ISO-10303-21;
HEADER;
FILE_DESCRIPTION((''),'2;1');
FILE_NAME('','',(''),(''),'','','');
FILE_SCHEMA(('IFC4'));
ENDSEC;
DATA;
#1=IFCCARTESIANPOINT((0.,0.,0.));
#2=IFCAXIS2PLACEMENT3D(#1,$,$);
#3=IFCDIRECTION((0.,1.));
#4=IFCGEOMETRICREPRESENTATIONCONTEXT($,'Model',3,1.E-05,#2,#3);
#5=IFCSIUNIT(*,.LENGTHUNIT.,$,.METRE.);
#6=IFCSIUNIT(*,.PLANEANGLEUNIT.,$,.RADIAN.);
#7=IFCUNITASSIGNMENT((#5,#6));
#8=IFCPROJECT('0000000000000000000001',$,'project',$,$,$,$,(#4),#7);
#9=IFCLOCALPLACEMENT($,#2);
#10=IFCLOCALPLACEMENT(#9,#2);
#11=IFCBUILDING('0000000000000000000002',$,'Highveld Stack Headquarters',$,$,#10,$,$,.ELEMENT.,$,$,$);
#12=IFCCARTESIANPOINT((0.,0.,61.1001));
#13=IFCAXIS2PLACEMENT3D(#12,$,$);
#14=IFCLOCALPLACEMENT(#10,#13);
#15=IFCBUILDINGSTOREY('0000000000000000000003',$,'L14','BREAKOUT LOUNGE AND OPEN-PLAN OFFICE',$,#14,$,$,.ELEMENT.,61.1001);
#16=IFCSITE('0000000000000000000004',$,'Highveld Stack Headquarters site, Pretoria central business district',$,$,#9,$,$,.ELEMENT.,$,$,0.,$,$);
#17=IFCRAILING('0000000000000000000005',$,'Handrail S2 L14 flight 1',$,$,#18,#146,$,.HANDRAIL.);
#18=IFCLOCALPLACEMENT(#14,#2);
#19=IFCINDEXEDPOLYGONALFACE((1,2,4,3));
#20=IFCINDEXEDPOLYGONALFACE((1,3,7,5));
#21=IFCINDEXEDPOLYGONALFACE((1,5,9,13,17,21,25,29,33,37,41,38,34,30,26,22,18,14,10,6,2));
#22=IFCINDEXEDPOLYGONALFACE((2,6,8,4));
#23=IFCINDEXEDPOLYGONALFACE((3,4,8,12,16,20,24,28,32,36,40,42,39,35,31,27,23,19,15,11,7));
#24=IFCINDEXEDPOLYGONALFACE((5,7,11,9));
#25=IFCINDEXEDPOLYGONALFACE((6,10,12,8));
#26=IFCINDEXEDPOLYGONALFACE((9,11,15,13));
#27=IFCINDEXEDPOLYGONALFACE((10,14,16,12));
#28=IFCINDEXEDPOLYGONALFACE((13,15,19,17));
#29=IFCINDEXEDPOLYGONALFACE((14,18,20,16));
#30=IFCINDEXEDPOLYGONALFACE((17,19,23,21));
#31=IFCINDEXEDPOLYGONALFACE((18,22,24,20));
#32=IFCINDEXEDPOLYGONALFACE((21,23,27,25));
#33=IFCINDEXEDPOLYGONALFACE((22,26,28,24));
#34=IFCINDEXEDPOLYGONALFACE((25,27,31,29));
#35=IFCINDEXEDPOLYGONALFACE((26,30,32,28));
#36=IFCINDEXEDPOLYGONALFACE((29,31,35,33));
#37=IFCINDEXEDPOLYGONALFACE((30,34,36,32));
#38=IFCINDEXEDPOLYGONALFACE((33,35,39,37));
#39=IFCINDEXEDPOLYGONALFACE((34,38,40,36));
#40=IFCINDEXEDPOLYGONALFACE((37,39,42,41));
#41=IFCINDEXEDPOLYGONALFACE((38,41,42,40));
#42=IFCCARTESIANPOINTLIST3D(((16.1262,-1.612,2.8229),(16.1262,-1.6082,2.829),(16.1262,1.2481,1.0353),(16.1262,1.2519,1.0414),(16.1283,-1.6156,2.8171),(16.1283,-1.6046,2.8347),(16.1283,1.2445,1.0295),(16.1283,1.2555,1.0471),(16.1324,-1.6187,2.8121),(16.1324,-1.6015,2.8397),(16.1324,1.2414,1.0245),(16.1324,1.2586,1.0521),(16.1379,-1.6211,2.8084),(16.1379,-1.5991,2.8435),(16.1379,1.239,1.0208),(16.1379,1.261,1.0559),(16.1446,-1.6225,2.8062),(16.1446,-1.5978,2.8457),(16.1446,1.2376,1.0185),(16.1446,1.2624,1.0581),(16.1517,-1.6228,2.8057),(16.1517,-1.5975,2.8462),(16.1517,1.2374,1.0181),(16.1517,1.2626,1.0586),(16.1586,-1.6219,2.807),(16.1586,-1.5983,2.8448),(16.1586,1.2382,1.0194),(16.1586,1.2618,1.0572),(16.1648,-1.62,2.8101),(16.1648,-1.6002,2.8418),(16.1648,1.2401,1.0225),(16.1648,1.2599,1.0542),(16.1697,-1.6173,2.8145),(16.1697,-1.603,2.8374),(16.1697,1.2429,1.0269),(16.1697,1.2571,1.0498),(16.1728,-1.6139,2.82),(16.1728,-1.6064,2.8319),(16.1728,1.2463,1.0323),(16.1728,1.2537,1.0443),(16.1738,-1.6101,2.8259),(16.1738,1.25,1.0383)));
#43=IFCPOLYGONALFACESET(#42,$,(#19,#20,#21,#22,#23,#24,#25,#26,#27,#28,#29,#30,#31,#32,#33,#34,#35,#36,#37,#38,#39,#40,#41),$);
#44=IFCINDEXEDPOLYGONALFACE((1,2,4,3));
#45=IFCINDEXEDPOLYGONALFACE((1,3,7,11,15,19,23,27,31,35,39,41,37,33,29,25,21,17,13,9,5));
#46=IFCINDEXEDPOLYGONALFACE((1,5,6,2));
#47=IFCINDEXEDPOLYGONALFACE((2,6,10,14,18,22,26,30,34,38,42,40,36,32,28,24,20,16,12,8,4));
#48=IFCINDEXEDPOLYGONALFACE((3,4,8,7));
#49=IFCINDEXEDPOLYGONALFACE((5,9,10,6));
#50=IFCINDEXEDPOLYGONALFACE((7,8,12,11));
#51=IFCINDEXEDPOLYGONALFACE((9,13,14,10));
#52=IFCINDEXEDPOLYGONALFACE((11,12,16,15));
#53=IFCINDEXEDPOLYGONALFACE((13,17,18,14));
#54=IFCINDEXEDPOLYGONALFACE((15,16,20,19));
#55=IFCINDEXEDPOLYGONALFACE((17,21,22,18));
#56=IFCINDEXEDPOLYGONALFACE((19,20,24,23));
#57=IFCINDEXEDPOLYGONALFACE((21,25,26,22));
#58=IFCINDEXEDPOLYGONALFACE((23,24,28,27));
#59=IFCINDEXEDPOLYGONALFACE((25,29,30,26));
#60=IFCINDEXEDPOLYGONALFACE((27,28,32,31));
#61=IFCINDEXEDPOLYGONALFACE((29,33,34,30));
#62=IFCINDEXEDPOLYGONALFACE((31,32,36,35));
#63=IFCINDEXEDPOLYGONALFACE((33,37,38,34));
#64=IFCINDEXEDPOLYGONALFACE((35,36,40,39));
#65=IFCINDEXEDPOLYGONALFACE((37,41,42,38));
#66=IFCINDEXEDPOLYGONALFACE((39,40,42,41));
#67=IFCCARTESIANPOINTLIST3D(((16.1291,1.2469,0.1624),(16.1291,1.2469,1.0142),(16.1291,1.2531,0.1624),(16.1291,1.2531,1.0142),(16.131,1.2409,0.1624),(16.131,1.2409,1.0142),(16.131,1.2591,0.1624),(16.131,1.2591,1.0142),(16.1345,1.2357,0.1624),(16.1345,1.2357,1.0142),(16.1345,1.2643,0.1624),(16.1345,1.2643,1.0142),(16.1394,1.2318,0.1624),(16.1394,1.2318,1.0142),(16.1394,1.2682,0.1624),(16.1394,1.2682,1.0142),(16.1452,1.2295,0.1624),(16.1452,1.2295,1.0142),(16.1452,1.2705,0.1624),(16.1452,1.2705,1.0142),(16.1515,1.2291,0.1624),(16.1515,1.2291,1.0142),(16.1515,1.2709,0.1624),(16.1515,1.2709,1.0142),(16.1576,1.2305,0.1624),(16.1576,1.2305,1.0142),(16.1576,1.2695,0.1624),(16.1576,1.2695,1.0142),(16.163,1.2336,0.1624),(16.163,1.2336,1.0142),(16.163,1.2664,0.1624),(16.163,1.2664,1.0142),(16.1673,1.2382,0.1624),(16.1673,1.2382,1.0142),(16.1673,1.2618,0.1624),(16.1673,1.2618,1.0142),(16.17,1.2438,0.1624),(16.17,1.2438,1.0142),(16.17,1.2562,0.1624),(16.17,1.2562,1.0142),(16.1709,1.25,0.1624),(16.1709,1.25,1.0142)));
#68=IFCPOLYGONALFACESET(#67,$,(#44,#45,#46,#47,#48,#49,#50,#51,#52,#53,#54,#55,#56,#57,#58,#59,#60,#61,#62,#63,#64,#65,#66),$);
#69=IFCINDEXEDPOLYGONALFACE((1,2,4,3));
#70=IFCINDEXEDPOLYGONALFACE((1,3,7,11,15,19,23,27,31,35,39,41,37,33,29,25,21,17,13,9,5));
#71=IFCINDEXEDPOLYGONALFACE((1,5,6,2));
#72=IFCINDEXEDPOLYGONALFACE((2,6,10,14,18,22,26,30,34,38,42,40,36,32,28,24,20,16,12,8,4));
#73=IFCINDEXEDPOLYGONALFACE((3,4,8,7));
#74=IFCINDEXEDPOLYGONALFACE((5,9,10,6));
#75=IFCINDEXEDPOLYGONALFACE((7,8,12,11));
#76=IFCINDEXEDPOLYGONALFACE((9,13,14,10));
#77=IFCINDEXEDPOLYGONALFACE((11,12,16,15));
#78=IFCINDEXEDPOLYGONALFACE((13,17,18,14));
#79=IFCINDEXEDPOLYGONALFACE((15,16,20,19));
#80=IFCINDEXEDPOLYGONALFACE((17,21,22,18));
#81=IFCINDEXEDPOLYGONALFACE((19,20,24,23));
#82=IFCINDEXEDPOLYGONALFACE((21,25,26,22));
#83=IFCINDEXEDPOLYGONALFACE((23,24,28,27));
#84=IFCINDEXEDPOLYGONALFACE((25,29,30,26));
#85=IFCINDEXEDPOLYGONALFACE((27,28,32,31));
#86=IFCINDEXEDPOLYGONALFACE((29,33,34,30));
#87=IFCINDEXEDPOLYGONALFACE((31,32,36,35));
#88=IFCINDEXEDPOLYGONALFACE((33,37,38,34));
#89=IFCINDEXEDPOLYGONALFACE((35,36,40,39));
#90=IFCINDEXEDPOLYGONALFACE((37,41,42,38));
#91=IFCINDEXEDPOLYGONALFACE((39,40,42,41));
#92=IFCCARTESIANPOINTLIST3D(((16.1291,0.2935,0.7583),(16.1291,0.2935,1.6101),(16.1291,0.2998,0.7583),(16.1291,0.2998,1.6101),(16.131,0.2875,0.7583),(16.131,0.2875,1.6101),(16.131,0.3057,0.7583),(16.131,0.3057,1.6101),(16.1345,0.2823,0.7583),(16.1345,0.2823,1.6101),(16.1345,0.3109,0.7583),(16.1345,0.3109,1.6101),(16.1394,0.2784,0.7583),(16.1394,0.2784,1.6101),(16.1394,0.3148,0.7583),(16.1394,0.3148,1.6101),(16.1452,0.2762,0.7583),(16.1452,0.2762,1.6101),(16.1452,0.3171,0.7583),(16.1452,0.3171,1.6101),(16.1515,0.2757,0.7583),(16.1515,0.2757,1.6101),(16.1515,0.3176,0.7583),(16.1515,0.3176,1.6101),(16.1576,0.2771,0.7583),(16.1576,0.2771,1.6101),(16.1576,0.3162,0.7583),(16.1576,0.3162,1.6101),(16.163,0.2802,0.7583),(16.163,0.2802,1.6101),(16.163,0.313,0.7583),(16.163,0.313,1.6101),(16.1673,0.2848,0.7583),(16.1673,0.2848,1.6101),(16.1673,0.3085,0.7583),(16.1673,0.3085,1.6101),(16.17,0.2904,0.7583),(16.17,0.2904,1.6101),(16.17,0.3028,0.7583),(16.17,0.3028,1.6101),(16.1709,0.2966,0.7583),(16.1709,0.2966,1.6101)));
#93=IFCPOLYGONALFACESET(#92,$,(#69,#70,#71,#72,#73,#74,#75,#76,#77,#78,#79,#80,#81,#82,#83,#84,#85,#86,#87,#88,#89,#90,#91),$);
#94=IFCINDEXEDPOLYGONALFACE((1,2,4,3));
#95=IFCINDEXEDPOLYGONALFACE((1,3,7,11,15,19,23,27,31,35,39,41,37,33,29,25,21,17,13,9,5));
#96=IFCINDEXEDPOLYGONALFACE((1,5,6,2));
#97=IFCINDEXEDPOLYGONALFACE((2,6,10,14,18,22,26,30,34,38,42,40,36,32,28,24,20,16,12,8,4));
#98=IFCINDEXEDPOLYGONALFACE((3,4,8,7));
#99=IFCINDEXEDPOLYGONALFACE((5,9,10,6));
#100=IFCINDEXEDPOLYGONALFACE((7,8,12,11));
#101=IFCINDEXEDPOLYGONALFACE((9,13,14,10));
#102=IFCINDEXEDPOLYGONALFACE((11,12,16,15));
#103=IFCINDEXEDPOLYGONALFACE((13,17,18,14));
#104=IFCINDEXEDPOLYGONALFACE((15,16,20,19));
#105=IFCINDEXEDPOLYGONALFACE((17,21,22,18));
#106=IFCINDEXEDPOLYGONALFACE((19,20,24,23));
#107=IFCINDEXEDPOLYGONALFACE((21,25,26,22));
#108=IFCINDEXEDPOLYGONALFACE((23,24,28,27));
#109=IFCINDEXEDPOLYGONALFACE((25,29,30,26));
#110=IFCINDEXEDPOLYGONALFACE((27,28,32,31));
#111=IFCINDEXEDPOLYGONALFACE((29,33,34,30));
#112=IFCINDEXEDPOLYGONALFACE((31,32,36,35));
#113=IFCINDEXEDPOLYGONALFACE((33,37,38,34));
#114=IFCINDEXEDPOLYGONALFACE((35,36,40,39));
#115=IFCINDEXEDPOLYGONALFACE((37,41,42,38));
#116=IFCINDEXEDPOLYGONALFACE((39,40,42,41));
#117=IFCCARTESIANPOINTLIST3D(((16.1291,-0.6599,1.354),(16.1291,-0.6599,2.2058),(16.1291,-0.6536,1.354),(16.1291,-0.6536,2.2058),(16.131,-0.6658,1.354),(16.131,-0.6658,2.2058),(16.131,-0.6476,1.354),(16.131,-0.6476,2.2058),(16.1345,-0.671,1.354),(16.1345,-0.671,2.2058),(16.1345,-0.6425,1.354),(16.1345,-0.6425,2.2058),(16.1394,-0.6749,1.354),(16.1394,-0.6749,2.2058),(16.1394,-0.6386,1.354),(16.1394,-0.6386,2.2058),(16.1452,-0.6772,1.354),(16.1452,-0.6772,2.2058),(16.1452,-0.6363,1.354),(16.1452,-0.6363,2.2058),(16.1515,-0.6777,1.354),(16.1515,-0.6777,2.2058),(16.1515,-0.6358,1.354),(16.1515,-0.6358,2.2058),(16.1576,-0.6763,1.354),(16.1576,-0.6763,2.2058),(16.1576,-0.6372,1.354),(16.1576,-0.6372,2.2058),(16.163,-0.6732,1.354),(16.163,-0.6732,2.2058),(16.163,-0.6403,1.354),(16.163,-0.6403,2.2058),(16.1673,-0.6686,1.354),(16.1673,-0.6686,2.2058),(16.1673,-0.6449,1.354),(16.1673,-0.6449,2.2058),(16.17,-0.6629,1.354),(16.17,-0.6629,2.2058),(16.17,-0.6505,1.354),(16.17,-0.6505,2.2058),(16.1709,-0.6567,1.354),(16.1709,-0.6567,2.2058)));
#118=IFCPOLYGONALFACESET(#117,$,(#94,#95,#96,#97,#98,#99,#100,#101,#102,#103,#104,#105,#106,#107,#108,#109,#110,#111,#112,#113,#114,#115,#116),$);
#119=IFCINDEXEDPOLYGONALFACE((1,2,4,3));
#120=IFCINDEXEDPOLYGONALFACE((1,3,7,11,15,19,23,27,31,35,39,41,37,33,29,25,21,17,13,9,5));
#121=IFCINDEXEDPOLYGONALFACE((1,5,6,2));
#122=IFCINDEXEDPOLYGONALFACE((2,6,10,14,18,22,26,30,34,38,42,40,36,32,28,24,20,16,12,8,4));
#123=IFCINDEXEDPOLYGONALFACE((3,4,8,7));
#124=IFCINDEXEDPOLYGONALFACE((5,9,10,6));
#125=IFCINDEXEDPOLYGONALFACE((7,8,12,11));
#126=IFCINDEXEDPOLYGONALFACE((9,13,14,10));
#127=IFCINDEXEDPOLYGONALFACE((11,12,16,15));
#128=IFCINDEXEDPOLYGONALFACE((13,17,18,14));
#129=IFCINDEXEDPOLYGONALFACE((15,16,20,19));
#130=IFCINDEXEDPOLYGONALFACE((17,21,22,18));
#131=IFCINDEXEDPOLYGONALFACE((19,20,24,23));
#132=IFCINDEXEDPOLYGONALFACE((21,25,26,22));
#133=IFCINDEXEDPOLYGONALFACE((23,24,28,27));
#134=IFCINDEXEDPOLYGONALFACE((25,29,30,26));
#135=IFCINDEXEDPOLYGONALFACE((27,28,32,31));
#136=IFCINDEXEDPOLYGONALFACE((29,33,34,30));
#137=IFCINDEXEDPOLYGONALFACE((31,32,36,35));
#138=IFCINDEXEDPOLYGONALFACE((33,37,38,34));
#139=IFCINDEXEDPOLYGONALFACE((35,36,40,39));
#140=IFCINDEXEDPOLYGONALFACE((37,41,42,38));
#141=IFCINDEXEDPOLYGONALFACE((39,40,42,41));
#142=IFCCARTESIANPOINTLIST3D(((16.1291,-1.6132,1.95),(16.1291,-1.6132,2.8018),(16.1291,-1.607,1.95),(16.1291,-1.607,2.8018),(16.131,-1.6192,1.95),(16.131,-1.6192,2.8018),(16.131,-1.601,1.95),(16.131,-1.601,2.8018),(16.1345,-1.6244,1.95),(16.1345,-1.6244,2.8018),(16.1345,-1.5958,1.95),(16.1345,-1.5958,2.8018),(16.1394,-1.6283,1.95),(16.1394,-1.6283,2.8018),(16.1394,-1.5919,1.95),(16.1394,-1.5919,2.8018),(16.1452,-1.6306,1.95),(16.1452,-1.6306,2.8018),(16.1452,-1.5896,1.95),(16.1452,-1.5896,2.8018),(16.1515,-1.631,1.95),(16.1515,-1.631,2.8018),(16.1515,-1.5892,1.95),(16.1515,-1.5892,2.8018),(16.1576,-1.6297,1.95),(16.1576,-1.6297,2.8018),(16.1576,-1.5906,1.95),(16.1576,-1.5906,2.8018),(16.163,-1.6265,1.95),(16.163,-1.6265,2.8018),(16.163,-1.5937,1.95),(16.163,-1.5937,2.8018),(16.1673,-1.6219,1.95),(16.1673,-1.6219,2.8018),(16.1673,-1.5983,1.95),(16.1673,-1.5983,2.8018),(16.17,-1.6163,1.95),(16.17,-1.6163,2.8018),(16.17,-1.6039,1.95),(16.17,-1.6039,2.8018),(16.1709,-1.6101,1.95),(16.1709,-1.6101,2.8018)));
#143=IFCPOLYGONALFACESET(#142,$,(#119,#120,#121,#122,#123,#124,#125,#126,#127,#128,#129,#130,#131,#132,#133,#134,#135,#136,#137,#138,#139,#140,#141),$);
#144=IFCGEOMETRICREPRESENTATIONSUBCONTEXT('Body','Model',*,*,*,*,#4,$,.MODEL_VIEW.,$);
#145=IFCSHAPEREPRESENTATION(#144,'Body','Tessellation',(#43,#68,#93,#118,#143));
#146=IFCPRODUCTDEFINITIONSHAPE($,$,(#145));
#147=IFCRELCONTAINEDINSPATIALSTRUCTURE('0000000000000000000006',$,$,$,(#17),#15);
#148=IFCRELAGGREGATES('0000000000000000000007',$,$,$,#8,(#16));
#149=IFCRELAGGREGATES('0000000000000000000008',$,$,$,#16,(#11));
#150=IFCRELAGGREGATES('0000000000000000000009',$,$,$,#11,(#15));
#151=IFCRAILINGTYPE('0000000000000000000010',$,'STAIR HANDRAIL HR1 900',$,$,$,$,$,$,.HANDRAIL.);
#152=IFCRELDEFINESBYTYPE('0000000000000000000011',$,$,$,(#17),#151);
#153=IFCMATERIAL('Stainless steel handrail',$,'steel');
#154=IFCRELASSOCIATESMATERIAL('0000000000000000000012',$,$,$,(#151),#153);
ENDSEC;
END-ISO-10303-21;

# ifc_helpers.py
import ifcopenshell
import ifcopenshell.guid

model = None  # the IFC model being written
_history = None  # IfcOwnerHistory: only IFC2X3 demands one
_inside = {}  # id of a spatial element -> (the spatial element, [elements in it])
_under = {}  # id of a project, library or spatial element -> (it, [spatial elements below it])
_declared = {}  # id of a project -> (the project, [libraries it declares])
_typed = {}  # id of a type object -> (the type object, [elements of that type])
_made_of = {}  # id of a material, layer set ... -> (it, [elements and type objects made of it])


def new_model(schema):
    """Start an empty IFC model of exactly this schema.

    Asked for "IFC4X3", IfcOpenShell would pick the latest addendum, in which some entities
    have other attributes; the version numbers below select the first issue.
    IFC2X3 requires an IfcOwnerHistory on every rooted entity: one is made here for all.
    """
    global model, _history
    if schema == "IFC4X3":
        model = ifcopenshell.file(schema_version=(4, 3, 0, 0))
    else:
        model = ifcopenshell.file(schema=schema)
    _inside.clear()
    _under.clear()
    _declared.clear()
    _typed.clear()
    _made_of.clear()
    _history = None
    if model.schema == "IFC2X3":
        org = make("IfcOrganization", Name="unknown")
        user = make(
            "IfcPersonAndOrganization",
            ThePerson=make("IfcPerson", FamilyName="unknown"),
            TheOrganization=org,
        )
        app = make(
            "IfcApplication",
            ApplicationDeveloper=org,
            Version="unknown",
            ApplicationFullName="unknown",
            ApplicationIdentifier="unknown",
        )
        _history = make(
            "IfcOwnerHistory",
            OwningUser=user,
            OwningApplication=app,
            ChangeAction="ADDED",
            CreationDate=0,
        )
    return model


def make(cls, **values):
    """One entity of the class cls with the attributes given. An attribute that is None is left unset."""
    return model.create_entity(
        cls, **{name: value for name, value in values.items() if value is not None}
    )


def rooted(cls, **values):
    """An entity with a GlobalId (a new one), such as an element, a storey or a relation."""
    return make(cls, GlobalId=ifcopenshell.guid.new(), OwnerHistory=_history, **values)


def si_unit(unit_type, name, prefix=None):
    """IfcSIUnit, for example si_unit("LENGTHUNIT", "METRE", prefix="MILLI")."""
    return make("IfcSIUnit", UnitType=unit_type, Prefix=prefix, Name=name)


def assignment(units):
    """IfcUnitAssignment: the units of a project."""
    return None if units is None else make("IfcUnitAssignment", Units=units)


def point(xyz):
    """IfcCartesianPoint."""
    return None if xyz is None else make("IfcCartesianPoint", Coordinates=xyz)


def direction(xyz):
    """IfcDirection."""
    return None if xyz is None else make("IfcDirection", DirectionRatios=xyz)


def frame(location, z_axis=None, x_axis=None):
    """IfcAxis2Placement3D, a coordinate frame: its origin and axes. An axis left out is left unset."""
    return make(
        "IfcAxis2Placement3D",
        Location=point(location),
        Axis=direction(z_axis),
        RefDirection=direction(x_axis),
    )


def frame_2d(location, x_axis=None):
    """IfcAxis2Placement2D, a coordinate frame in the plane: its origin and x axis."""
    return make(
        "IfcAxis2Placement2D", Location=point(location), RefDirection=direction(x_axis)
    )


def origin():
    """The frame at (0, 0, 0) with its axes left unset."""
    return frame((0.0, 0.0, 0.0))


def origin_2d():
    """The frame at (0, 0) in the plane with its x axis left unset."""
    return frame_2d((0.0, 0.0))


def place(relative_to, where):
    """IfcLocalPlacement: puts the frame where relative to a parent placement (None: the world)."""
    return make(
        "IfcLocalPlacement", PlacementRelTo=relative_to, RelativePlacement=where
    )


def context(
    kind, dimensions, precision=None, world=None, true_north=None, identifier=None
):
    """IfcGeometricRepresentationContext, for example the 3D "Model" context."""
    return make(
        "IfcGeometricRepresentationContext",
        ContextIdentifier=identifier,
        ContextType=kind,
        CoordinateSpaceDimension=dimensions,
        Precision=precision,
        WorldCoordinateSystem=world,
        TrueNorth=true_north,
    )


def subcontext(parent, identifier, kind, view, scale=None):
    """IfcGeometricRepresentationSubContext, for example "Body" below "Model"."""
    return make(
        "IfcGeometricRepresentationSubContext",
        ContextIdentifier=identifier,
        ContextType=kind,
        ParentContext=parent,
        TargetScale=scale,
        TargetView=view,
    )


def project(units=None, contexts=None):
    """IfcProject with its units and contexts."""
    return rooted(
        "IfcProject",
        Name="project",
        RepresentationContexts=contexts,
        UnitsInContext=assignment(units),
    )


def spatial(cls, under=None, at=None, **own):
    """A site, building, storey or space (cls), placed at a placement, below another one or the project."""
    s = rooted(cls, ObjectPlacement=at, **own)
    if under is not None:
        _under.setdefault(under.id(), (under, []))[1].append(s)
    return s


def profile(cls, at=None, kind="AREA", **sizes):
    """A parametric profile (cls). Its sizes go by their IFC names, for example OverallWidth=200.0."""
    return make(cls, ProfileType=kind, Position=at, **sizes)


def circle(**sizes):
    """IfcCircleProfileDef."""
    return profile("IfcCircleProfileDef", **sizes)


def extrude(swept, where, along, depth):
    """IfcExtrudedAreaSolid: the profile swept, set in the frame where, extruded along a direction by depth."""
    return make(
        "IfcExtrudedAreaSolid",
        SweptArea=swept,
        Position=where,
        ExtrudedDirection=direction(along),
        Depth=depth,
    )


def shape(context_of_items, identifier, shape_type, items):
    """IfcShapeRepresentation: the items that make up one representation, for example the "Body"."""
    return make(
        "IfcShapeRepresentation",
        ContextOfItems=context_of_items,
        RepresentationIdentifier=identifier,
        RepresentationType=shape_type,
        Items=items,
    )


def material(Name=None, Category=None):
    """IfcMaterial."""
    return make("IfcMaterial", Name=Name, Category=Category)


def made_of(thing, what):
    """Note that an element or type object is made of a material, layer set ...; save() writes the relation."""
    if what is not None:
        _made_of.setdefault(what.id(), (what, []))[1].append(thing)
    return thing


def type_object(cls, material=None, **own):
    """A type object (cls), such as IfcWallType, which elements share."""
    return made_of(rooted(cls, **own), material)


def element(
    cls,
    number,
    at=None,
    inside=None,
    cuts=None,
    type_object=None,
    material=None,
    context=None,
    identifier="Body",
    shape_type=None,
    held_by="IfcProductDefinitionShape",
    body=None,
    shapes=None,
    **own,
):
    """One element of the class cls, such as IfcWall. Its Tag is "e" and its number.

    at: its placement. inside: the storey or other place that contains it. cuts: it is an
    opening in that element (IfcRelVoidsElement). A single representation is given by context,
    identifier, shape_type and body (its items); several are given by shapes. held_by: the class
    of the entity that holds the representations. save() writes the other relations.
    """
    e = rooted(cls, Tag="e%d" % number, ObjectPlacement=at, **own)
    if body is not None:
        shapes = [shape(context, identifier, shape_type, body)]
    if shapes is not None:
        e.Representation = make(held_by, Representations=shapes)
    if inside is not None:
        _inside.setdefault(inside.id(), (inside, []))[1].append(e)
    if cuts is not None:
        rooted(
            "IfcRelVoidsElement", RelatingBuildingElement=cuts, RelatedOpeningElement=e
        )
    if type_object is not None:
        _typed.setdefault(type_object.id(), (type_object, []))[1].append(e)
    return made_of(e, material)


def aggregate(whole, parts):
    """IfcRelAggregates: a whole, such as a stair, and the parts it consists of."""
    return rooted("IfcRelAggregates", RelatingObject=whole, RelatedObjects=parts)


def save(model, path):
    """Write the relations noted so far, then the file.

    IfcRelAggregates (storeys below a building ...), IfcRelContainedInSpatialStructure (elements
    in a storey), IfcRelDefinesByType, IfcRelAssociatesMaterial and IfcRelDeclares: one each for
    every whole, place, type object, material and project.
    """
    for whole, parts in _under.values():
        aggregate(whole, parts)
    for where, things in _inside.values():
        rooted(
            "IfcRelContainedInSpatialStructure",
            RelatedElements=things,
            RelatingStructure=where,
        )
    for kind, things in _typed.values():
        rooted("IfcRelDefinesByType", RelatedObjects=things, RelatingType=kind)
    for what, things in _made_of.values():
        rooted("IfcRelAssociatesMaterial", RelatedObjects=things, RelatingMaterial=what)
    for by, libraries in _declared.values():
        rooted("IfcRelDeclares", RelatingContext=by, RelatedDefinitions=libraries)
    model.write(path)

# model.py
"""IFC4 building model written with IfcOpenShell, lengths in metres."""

from ifc_helpers import new_model, si_unit, direction, frame, origin, origin_2d, place, context, subcontext, project, spatial, circle, extrude, material, type_object, element, save


model = new_model("IFC4")

# Units and contexts
model_context = context("Model", 3, precision=1e-05, world=origin(), true_north=direction((0.0, 1.0)))
body_context = subcontext(model_context, "Body", "Model", "MODEL_VIEW")
ifc_project = project(units=[si_unit("LENGTHUNIT", "METRE"), si_unit("PLANEANGLEUNIT", "RADIAN")], contexts=[model_context])

# Site, building, storey
site_placement = place(None, origin())
site = spatial("IfcSite", under=ifc_project, at=site_placement, Name="Highveld Stack Headquarters site, Pretoria central business district", CompositionType="ELEMENT", RefElevation=0.0)
building_placement = place(site_placement, origin())
building = spatial("IfcBuilding", under=site, at=building_placement, Name="Highveld Stack Headquarters", CompositionType="ELEMENT")
storey_placement = place(building_placement, frame((0.0, 0.0, 61.1001)))
storey = spatial("IfcBuildingStorey", under=building, at=storey_placement, Name="L14", Description="BREAKOUT LOUNGE AND OPEN-PLAN OFFICE", CompositionType="ELEMENT", Elevation=61.1001)

# Railing
ifc_material_1 = material(Name="Stainless steel handrail", Category="steel")
railing_type = type_object("IfcRailingType", Name="STAIR HANDRAIL HR1 900", PredefinedType="HANDRAIL", material=ifc_material_1)
for number, where, name in (
    (1, (16.1499, 1.25, 0.1624), "Handrail S2 L14 flight 1"),
):
    element("IfcRailing", number, at=place(storey_placement, frame(where)), inside=storey, type_object=railing_type, Name=name, PredefinedType="HANDRAIL", context=body_context, shape_type="SweptSolid", body=[
        extrude(circle(Radius=0.0239, at=origin_2d()), frame((0.0, 0.0, 0.876), z_axis=(0.0, -0.847994, 0.530005), x_axis=(1.0, 0.0, 0.0)), (0.0, 0.0, 1.0), 3.3728),
        extrude(circle(Radius=0.021, at=origin_2d()), origin(), (0.0, 0.0, 1.0), 0.8518),
        extrude(circle(Radius=0.021, at=origin_2d()), frame((0.0, -0.9534, 0.5959)), (0.0, 0.0, 1.0), 0.8518),
        extrude(circle(Radius=0.021, at=origin_2d()), frame((0.0, -1.9067, 1.1917)), (0.0, 0.0, 1.0), 0.8518),
        extrude(circle(Radius=0.021, at=origin_2d()), frame((0.0, -2.8601, 1.7876)), (0.0, 0.0, 1.0), 0.8518),
    ])

save(model, "model.ifc")
